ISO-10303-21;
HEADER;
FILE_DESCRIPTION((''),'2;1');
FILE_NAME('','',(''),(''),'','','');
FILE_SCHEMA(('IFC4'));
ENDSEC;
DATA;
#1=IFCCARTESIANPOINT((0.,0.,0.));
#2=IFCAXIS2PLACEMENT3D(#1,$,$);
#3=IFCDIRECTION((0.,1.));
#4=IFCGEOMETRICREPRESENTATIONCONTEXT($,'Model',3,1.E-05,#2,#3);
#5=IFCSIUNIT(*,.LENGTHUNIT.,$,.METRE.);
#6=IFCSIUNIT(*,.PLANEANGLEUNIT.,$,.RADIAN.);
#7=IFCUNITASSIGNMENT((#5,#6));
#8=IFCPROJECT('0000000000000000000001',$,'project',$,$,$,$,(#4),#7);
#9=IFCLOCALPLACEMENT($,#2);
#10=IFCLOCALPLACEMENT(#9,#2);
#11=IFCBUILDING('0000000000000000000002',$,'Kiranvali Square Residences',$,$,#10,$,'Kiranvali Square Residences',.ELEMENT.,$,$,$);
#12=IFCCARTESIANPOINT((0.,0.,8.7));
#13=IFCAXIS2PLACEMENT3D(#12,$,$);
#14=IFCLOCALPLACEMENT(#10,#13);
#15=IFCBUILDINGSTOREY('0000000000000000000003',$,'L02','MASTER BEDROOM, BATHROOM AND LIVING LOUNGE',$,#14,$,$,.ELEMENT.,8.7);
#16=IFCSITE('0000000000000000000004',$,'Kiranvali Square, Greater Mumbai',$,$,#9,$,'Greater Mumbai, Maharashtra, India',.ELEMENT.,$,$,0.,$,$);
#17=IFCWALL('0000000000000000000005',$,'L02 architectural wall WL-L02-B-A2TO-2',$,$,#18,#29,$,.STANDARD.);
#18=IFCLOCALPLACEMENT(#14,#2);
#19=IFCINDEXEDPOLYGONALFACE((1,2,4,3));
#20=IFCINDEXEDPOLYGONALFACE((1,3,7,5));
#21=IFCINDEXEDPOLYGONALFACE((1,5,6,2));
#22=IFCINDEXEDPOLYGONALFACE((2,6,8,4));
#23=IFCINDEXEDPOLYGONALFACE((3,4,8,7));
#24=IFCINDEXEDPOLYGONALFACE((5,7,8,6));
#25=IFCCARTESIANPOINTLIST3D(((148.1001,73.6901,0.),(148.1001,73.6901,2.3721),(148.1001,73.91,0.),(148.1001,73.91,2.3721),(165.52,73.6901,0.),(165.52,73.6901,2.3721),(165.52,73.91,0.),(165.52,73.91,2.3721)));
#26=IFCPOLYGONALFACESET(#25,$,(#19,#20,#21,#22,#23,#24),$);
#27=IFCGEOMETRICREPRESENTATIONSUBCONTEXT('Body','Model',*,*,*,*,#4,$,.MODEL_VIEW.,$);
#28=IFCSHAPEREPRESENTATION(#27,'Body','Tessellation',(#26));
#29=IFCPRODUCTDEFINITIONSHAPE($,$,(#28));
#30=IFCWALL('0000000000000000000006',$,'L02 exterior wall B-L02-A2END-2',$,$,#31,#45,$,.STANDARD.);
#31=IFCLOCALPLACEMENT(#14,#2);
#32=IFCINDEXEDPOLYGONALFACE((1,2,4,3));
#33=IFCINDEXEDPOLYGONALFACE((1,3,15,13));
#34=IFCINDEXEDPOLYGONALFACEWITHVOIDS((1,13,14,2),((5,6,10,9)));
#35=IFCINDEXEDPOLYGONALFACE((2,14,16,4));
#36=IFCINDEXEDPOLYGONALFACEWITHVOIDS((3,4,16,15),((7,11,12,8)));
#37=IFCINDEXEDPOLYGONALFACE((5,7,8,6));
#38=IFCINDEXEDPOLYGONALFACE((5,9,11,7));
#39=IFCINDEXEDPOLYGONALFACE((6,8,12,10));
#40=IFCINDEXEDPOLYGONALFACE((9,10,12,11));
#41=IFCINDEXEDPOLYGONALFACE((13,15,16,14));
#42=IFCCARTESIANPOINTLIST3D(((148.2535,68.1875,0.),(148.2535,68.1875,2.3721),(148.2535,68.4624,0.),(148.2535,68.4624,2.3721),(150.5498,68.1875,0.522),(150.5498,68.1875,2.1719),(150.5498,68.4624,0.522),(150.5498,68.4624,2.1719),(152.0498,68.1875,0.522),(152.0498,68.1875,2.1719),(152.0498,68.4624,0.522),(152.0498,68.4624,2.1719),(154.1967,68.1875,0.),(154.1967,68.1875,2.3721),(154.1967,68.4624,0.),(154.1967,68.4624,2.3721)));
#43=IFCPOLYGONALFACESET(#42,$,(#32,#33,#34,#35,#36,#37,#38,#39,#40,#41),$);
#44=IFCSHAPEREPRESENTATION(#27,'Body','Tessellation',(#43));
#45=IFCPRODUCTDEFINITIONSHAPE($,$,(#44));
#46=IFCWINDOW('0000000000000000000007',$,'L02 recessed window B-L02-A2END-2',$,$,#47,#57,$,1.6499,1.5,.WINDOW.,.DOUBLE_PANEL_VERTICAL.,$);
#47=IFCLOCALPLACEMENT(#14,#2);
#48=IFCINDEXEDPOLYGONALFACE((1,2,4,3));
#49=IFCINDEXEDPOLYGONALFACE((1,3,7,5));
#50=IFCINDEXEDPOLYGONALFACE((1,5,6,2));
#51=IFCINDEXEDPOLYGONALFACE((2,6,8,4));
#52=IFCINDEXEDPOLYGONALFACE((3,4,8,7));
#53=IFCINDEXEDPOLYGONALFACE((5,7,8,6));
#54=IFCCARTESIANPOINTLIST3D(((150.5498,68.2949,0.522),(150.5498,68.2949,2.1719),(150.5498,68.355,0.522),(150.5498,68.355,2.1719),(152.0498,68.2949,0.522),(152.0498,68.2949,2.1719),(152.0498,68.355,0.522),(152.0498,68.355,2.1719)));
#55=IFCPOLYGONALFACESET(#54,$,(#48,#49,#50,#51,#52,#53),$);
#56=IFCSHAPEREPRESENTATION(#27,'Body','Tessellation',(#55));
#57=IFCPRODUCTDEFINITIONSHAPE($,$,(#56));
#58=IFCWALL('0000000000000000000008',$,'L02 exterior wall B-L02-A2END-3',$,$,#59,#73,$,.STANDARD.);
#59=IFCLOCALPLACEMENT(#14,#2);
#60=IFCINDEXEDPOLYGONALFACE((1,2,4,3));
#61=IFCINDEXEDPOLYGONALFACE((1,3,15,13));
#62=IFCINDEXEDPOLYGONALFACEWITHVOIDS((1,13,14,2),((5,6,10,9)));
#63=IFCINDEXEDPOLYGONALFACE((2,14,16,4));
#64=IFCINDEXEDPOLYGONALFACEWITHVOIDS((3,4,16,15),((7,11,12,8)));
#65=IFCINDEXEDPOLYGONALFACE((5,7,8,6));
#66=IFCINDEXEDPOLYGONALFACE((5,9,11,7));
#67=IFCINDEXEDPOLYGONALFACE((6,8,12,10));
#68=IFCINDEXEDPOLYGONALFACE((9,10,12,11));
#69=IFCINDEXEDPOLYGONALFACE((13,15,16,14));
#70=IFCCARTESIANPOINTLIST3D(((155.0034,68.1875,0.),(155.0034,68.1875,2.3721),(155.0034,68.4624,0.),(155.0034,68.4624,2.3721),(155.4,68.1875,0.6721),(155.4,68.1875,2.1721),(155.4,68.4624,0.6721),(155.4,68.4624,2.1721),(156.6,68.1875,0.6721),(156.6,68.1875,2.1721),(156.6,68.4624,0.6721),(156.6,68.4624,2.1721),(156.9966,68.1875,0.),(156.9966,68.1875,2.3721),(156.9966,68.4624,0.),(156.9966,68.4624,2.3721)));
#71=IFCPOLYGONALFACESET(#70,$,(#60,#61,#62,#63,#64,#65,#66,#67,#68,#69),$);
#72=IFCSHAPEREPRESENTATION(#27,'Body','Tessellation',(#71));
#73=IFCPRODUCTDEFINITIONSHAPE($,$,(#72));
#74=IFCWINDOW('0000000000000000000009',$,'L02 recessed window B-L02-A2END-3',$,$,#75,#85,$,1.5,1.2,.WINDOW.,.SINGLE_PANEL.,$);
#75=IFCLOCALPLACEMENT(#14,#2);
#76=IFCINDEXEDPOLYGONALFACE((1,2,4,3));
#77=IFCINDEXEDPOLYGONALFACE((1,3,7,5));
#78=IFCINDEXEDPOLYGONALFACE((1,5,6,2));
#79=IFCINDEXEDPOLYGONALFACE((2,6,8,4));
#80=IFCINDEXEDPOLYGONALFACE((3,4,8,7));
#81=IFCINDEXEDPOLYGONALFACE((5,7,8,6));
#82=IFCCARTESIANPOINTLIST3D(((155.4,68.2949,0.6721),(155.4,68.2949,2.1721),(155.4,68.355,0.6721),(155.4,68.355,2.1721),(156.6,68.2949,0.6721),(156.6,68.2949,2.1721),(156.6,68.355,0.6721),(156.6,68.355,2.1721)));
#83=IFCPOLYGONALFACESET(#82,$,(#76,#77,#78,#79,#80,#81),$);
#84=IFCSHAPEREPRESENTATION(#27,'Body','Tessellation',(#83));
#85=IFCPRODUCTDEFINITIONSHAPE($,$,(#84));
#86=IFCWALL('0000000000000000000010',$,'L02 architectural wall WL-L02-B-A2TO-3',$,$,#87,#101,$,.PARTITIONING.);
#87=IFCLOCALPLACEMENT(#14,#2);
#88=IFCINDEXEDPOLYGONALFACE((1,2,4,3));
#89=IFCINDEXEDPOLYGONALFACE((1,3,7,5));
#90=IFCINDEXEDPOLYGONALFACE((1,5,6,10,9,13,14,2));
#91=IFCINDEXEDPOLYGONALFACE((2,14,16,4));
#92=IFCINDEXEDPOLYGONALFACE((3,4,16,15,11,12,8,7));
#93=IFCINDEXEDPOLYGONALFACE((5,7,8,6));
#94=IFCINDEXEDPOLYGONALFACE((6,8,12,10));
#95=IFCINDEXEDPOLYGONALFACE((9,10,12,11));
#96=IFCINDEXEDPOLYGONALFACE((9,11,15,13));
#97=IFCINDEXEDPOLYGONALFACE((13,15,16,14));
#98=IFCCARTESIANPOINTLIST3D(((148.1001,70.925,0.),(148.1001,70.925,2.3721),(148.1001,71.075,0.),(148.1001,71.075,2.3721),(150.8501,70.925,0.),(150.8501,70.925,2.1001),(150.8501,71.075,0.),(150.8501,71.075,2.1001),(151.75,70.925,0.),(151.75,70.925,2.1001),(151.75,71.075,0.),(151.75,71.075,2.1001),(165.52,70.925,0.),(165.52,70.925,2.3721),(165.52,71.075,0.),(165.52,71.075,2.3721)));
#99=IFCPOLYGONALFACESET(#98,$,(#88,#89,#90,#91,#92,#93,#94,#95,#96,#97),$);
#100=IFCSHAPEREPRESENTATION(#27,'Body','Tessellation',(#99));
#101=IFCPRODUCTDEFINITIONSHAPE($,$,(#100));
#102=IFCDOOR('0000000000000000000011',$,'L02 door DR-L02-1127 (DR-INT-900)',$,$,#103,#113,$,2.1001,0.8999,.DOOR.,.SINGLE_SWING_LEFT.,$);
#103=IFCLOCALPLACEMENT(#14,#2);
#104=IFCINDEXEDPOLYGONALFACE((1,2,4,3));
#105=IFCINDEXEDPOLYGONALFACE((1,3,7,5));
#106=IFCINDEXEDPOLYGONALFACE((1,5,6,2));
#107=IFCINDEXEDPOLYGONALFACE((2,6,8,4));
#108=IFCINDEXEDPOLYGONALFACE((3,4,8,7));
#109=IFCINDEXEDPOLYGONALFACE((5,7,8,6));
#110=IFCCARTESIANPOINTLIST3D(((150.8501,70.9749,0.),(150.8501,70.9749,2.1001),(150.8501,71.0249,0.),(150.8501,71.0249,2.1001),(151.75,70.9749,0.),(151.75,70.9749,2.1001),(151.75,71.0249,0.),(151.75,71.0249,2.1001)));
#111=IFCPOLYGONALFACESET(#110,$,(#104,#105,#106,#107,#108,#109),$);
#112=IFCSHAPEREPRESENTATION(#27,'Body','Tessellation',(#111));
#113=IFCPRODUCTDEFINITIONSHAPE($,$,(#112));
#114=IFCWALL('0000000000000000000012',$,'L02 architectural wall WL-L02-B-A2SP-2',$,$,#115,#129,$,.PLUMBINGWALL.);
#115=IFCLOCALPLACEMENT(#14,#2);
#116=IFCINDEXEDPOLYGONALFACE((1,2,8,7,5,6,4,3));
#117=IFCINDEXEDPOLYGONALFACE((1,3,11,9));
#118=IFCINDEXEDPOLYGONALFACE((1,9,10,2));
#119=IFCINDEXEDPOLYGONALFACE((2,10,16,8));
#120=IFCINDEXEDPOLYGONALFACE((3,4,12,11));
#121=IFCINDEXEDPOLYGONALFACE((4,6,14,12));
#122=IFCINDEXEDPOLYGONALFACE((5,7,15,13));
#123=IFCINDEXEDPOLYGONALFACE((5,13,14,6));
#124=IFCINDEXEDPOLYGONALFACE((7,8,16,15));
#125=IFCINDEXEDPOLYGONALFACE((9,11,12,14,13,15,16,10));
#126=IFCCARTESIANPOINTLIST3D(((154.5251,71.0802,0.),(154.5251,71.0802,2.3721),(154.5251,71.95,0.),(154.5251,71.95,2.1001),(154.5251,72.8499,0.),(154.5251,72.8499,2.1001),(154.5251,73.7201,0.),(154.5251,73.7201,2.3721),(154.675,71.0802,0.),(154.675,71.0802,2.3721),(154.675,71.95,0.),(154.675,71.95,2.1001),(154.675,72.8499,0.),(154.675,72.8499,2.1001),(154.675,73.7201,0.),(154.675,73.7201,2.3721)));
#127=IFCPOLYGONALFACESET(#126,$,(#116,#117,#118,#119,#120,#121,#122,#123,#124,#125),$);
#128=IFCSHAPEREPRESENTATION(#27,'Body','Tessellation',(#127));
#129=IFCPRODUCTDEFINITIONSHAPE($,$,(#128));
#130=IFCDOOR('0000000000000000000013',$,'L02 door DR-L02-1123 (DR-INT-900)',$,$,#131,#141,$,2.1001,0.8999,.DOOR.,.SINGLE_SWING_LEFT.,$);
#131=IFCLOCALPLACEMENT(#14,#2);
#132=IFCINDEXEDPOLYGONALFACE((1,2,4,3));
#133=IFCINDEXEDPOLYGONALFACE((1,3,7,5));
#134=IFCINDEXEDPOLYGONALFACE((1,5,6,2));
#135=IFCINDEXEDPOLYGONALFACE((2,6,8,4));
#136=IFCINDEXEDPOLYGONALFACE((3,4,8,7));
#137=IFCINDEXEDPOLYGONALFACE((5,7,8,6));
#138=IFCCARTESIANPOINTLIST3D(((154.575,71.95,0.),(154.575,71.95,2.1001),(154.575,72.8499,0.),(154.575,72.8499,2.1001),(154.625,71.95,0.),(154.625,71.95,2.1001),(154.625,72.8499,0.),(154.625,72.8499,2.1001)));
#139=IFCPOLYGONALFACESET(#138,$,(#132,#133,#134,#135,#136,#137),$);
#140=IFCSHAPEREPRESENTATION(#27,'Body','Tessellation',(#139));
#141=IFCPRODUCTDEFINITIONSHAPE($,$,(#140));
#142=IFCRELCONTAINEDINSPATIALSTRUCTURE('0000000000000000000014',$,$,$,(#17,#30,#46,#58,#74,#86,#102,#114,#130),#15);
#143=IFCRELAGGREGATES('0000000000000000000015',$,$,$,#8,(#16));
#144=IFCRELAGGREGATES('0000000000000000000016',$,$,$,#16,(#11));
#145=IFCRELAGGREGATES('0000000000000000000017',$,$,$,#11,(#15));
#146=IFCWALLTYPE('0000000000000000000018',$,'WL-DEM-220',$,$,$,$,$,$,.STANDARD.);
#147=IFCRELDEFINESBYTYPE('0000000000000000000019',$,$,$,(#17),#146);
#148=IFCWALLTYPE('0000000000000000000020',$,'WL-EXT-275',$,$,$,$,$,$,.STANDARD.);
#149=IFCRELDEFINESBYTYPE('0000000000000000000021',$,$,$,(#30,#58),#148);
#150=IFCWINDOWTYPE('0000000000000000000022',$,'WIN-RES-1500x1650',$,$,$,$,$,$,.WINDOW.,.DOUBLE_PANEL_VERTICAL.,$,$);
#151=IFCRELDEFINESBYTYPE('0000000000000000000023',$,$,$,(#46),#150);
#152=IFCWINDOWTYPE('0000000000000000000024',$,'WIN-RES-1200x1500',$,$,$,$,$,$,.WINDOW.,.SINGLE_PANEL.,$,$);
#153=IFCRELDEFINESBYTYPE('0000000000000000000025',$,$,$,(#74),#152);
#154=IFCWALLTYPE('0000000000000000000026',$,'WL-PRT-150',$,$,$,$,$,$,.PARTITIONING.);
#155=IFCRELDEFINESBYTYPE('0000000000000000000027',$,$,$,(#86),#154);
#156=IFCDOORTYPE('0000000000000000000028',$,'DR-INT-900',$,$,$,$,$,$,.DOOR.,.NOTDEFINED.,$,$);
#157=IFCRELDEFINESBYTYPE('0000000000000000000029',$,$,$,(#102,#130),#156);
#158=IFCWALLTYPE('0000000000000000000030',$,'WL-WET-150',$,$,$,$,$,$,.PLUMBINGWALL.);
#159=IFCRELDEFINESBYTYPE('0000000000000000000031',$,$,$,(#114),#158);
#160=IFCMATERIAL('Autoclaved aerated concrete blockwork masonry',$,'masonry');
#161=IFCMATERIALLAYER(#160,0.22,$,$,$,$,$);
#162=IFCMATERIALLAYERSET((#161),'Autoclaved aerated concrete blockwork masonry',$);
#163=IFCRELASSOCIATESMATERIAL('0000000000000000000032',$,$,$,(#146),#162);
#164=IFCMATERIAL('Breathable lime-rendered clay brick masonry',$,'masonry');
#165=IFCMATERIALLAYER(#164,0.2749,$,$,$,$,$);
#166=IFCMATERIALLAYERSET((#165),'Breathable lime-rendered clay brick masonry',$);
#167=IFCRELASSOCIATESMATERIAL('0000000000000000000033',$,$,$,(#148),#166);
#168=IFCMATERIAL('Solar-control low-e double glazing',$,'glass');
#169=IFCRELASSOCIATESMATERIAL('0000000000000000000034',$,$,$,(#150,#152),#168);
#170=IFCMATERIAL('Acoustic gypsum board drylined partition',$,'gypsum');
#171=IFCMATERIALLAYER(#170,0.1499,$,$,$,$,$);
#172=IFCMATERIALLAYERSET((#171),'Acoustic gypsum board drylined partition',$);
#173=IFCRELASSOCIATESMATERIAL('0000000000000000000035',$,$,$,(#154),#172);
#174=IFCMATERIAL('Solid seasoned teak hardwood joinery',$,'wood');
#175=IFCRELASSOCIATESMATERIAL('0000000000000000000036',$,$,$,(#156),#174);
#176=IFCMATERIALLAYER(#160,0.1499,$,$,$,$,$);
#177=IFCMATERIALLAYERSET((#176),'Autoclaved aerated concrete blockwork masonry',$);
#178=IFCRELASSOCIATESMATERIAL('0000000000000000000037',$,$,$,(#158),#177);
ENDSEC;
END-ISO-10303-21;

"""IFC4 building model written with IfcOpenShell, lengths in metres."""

from ifc_helpers import new_model, si_unit, direction, frame, frame_2d, origin, place, context, subcontext, project, spatial, rectangle, extrude, material, layer, layer_set, type_object, element, fill, save


model = new_model("IFC4")

# Units and contexts
model_context = context("Model", 3, precision=1e-05, world=origin(), true_north=direction((0.0, 1.0)))
body_context = subcontext(model_context, "Body", "Model", "MODEL_VIEW")
ifc_project = project(units=[si_unit("LENGTHUNIT", "METRE"), si_unit("PLANEANGLEUNIT", "RADIAN")], contexts=[model_context])

# Site, building, storey
site_placement = place(None, origin())
site = spatial("IfcSite", under=ifc_project, at=site_placement, Name="Kiranvali Square, Greater Mumbai", LongName="Greater Mumbai, Maharashtra, India", CompositionType="ELEMENT", RefElevation=0.0)
building_placement = place(site_placement, origin())
building = spatial("IfcBuilding", under=site, at=building_placement, Name="Kiranvali Square Residences", LongName="Kiranvali Square Residences", CompositionType="ELEMENT")
storey_placement = place(building_placement, frame((0.0, 0.0, 8.7)))
storey = spatial("IfcBuildingStorey", under=building, at=storey_placement, Name="L02", Description="MASTER BEDROOM, BATHROOM AND LIVING LOUNGE", CompositionType="ELEMENT", Elevation=8.7)

# Shared definitions
ifc_material_1 = material(Name="Autoclaved aerated concrete blockwork masonry", Category="masonry")

# Wall
ifc_layer_1 = layer(ifc_material_1, 0.22)
ifc_layer_set_1 = layer_set([ifc_layer_1], Name="Autoclaved aerated concrete blockwork masonry")
wall_type_1 = type_object("IfcWallType", Name="WL-DEM-220", PredefinedType="STANDARD", material=ifc_layer_set_1)
wall_1_placement = place(storey_placement, frame((148.1001, 73.8, 0.0), z_axis=(0.0, 0.0, 1.0), x_axis=(1.0, 0.0, 0.0)))
element("IfcWall", 1, at=wall_1_placement, inside=storey, type_object=wall_type_1, Name="L02 architectural wall WL-L02-B-A2TO-2", PredefinedType="STANDARD", context=body_context, shape_type="SweptSolid", body=[
    extrude(rectangle(XDim=17.4199, YDim=0.22, at=frame_2d((8.71, 0.0))), origin(), (0.0, 0.0, 1.0), 2.3721),
])

# Walls, openings, windows
ifc_material_2 = material(Name="Breathable lime-rendered clay brick masonry", Category="masonry")
ifc_layer_2 = layer(ifc_material_2, 0.2749)
ifc_layer_set_2 = layer_set([ifc_layer_2], Name="Breathable lime-rendered clay brick masonry")
wall_type_2 = type_object("IfcWallType", Name="WL-EXT-275", PredefinedType="STANDARD", material=ifc_layer_set_2)
wall_2_placement = place(storey_placement, frame((148.2534, 68.325, 0.0), z_axis=(0.0, 0.0, 1.0), x_axis=(1.0, 0.0, 0.0)))
wall_2 = element("IfcWall", 2, at=wall_2_placement, inside=storey, type_object=wall_type_2, Name="L02 exterior wall B-L02-A2END-2", PredefinedType="STANDARD", context=body_context, shape_type="SweptSolid", body=[
    extrude(rectangle(XDim=5.9431, YDim=0.2749, at=frame_2d((2.9717, 0.0))), origin(), (0.0, 0.0, 1.0), 2.3721),
])
opening_1_placement = place(wall_2_placement, frame((2.2964, 0.0, 0.522)))
opening_1 = element("IfcOpeningElement", 3, at=opening_1_placement, cuts=wall_2, PredefinedType="OPENING", context=body_context, shape_type="SweptSolid", body=[
    extrude(rectangle(XDim=1.5, YDim=1.6499, at=frame_2d((0.75, 0.825))), frame((0.0, 0.1475, 0.0), z_axis=(0.0, -1.0, 0.0), x_axis=(1.0, 0.0, 0.0)), (0.0, 0.0, 1.0), 0.2949),
])
ifc_material_3 = material(Name="Solar-control low-e double glazing", Category="glass")
window_type_1 = type_object("IfcWindowType", Name="WIN-RES-1500x1650", PartitioningType="DOUBLE_PANEL_VERTICAL", PredefinedType="WINDOW", material=ifc_material_3)
window_1_placement = place(opening_1_placement, origin())
window_1 = element("IfcWindow", 4, at=window_1_placement, inside=storey, type_object=window_type_1, Name="L02 recessed window B-L02-A2END-2", OverallHeight=1.6499, OverallWidth=1.5, PartitioningType="DOUBLE_PANEL_VERTICAL", PredefinedType="WINDOW", context=body_context, shape_type="SweptSolid", body=[
    extrude(rectangle(XDim=1.5, YDim=1.6499, at=frame_2d((0.75, 0.825))), frame((0.0, 0.03, 0.0), z_axis=(0.0, -1.0, 0.0), x_axis=(1.0, 0.0, 0.0)), (0.0, 0.0, 1.0), 0.0601),
])
fill(opening_1, window_1)
wall_3_placement = place(storey_placement, frame((155.0034, 68.325, 0.0), z_axis=(0.0, 0.0, 1.0), x_axis=(1.0, 0.0, 0.0)))
wall_3 = element("IfcWall", 5, at=wall_3_placement, inside=storey, type_object=wall_type_2, Name="L02 exterior wall B-L02-A2END-3", PredefinedType="STANDARD", context=body_context, shape_type="SweptSolid", body=[
    extrude(rectangle(XDim=1.9932, YDim=0.2749, at=frame_2d((0.9966, 0.0))), origin(), (0.0, 0.0, 1.0), 2.3721),
])
opening_2_placement = place(wall_3_placement, frame((0.3965, 0.0, 0.6721)))
opening_2 = element("IfcOpeningElement", 6, at=opening_2_placement, cuts=wall_3, PredefinedType="OPENING", context=body_context, shape_type="SweptSolid", body=[
    extrude(rectangle(XDim=1.2, YDim=1.5, at=frame_2d((0.6001, 0.75))), frame((0.0, 0.1475, 0.0), z_axis=(0.0, -1.0, 0.0), x_axis=(1.0, 0.0, 0.0)), (0.0, 0.0, 1.0), 0.2949),
])
window_type_2 = type_object("IfcWindowType", Name="WIN-RES-1200x1500", PartitioningType="SINGLE_PANEL", PredefinedType="WINDOW", material=ifc_material_3)
window_2_placement = place(opening_2_placement, origin())
window_2 = element("IfcWindow", 7, at=window_2_placement, inside=storey, type_object=window_type_2, Name="L02 recessed window B-L02-A2END-3", OverallHeight=1.5, OverallWidth=1.2, PartitioningType="SINGLE_PANEL", PredefinedType="WINDOW", context=body_context, shape_type="SweptSolid", body=[
    extrude(rectangle(XDim=1.2, YDim=1.5, at=frame_2d((0.6001, 0.75))), frame((0.0, 0.03, 0.0), z_axis=(0.0, -1.0, 0.0), x_axis=(1.0, 0.0, 0.0)), (0.0, 0.0, 1.0), 0.0601),
])
fill(opening_2, window_2)

# Walls, openings, doors
ifc_material_4 = material(Name="Acoustic gypsum board drylined partition", Category="gypsum")
ifc_layer_3 = layer(ifc_material_4, 0.1499)
ifc_layer_set_3 = layer_set([ifc_layer_3], Name="Acoustic gypsum board drylined partition")
wall_type_3 = type_object("IfcWallType", Name="WL-PRT-150", PredefinedType="PARTITIONING", material=ifc_layer_set_3)
wall_4_placement = place(storey_placement, frame((148.1001, 71.0, 0.0), z_axis=(0.0, 0.0, 1.0), x_axis=(1.0, 0.0, 0.0)))
wall_4 = element("IfcWall", 8, at=wall_4_placement, inside=storey, type_object=wall_type_3, Name="L02 architectural wall WL-L02-B-A2TO-3", PredefinedType="PARTITIONING", context=body_context, shape_type="SweptSolid", body=[
    extrude(rectangle(XDim=17.4199, YDim=0.1499, at=frame_2d((8.71, 0.0))), origin(), (0.0, 0.0, 1.0), 2.3721),
])
opening_3_placement = place(wall_4_placement, frame((2.75, 0.0, 0.0)))
opening_3 = element("IfcOpeningElement", 9, at=opening_3_placement, cuts=wall_4, PredefinedType="OPENING", context=body_context, shape_type="SweptSolid", body=[
    extrude(rectangle(XDim=0.8999, YDim=2.1001, at=frame_2d((0.45, 1.05))), frame((0.0, 0.085, 0.0), z_axis=(0.0, -1.0, 0.0), x_axis=(1.0, 0.0, 0.0)), (0.0, 0.0, 1.0), 0.1699),
])
ifc_material_5 = material(Name="Solid seasoned teak hardwood joinery", Category="wood")
door_type_1 = type_object("IfcDoorType", Name="DR-INT-900", OperationType="NOTDEFINED", PredefinedType="DOOR", material=ifc_material_5)
door_1_placement = place(opening_3_placement, origin())
door_1 = element("IfcDoor", 10, at=door_1_placement, inside=storey, type_object=door_type_1, Name="L02 door DR-L02-1127 (DR-INT-900)", OperationType="SINGLE_SWING_LEFT", OverallHeight=2.1001, OverallWidth=0.8999, PredefinedType="DOOR", context=body_context, shape_type="SweptSolid", body=[
    extrude(rectangle(XDim=0.8999, YDim=2.1001, at=frame_2d((0.45, 1.05))), frame((0.0, 0.0249, 0.0), z_axis=(0.0, -1.0, 0.0), x_axis=(1.0, 0.0, 0.0)), (0.0, 0.0, 1.0), 0.05),
])
fill(opening_3, door_1)
ifc_layer_4 = layer(ifc_material_1, 0.1499)
ifc_layer_set_4 = layer_set([ifc_layer_4], Name="Autoclaved aerated concrete blockwork masonry")
wall_type_4 = type_object("IfcWallType", Name="WL-WET-150", PredefinedType="PLUMBINGWALL", material=ifc_layer_set_4)
wall_5_placement = place(storey_placement, frame((154.6001, 73.72, 0.0), z_axis=(0.0, 0.0, 1.0), x_axis=(0.0, -1.0, 0.0)))
wall_5 = element("IfcWall", 11, at=wall_5_placement, inside=storey, type_object=wall_type_4, Name="L02 architectural wall WL-L02-B-A2SP-2", PredefinedType="PLUMBINGWALL", context=body_context, shape_type="SweptSolid", body=[
    extrude(rectangle(XDim=2.6399, YDim=0.1499, at=frame_2d((1.3198, 0.0))), origin(), (0.0, 0.0, 1.0), 2.3721),
])
opening_4_placement = place(wall_5_placement, frame((0.8701, 0.0, 0.0)))
opening_4 = element("IfcOpeningElement", 12, at=opening_4_placement, cuts=wall_5, PredefinedType="OPENING", context=body_context, shape_type="SweptSolid", body=[
    extrude(rectangle(XDim=0.8999, YDim=2.1001, at=frame_2d((0.45, 1.05))), frame((0.0, 0.085, 0.0), z_axis=(0.0, -1.0, 0.0), x_axis=(1.0, 0.0, 0.0)), (0.0, 0.0, 1.0), 0.1699),
])
door_2_placement = place(opening_4_placement, origin())
door_2 = element("IfcDoor", 13, at=door_2_placement, inside=storey, type_object=door_type_1, Name="L02 door DR-L02-1123 (DR-INT-900)", OperationType="SINGLE_SWING_LEFT", OverallHeight=2.1001, OverallWidth=0.8999, PredefinedType="DOOR", context=body_context, shape_type="SweptSolid", body=[
    extrude(rectangle(XDim=0.8999, YDim=2.1001, at=frame_2d((0.45, 1.05))), frame((0.0, 0.0249, 0.0), z_axis=(0.0, -1.0, 0.0), x_axis=(1.0, 0.0, 0.0)), (0.0, 0.0, 1.0), 0.05),
])
fill(opening_4, door_2)

save(model, "model.ifc")
